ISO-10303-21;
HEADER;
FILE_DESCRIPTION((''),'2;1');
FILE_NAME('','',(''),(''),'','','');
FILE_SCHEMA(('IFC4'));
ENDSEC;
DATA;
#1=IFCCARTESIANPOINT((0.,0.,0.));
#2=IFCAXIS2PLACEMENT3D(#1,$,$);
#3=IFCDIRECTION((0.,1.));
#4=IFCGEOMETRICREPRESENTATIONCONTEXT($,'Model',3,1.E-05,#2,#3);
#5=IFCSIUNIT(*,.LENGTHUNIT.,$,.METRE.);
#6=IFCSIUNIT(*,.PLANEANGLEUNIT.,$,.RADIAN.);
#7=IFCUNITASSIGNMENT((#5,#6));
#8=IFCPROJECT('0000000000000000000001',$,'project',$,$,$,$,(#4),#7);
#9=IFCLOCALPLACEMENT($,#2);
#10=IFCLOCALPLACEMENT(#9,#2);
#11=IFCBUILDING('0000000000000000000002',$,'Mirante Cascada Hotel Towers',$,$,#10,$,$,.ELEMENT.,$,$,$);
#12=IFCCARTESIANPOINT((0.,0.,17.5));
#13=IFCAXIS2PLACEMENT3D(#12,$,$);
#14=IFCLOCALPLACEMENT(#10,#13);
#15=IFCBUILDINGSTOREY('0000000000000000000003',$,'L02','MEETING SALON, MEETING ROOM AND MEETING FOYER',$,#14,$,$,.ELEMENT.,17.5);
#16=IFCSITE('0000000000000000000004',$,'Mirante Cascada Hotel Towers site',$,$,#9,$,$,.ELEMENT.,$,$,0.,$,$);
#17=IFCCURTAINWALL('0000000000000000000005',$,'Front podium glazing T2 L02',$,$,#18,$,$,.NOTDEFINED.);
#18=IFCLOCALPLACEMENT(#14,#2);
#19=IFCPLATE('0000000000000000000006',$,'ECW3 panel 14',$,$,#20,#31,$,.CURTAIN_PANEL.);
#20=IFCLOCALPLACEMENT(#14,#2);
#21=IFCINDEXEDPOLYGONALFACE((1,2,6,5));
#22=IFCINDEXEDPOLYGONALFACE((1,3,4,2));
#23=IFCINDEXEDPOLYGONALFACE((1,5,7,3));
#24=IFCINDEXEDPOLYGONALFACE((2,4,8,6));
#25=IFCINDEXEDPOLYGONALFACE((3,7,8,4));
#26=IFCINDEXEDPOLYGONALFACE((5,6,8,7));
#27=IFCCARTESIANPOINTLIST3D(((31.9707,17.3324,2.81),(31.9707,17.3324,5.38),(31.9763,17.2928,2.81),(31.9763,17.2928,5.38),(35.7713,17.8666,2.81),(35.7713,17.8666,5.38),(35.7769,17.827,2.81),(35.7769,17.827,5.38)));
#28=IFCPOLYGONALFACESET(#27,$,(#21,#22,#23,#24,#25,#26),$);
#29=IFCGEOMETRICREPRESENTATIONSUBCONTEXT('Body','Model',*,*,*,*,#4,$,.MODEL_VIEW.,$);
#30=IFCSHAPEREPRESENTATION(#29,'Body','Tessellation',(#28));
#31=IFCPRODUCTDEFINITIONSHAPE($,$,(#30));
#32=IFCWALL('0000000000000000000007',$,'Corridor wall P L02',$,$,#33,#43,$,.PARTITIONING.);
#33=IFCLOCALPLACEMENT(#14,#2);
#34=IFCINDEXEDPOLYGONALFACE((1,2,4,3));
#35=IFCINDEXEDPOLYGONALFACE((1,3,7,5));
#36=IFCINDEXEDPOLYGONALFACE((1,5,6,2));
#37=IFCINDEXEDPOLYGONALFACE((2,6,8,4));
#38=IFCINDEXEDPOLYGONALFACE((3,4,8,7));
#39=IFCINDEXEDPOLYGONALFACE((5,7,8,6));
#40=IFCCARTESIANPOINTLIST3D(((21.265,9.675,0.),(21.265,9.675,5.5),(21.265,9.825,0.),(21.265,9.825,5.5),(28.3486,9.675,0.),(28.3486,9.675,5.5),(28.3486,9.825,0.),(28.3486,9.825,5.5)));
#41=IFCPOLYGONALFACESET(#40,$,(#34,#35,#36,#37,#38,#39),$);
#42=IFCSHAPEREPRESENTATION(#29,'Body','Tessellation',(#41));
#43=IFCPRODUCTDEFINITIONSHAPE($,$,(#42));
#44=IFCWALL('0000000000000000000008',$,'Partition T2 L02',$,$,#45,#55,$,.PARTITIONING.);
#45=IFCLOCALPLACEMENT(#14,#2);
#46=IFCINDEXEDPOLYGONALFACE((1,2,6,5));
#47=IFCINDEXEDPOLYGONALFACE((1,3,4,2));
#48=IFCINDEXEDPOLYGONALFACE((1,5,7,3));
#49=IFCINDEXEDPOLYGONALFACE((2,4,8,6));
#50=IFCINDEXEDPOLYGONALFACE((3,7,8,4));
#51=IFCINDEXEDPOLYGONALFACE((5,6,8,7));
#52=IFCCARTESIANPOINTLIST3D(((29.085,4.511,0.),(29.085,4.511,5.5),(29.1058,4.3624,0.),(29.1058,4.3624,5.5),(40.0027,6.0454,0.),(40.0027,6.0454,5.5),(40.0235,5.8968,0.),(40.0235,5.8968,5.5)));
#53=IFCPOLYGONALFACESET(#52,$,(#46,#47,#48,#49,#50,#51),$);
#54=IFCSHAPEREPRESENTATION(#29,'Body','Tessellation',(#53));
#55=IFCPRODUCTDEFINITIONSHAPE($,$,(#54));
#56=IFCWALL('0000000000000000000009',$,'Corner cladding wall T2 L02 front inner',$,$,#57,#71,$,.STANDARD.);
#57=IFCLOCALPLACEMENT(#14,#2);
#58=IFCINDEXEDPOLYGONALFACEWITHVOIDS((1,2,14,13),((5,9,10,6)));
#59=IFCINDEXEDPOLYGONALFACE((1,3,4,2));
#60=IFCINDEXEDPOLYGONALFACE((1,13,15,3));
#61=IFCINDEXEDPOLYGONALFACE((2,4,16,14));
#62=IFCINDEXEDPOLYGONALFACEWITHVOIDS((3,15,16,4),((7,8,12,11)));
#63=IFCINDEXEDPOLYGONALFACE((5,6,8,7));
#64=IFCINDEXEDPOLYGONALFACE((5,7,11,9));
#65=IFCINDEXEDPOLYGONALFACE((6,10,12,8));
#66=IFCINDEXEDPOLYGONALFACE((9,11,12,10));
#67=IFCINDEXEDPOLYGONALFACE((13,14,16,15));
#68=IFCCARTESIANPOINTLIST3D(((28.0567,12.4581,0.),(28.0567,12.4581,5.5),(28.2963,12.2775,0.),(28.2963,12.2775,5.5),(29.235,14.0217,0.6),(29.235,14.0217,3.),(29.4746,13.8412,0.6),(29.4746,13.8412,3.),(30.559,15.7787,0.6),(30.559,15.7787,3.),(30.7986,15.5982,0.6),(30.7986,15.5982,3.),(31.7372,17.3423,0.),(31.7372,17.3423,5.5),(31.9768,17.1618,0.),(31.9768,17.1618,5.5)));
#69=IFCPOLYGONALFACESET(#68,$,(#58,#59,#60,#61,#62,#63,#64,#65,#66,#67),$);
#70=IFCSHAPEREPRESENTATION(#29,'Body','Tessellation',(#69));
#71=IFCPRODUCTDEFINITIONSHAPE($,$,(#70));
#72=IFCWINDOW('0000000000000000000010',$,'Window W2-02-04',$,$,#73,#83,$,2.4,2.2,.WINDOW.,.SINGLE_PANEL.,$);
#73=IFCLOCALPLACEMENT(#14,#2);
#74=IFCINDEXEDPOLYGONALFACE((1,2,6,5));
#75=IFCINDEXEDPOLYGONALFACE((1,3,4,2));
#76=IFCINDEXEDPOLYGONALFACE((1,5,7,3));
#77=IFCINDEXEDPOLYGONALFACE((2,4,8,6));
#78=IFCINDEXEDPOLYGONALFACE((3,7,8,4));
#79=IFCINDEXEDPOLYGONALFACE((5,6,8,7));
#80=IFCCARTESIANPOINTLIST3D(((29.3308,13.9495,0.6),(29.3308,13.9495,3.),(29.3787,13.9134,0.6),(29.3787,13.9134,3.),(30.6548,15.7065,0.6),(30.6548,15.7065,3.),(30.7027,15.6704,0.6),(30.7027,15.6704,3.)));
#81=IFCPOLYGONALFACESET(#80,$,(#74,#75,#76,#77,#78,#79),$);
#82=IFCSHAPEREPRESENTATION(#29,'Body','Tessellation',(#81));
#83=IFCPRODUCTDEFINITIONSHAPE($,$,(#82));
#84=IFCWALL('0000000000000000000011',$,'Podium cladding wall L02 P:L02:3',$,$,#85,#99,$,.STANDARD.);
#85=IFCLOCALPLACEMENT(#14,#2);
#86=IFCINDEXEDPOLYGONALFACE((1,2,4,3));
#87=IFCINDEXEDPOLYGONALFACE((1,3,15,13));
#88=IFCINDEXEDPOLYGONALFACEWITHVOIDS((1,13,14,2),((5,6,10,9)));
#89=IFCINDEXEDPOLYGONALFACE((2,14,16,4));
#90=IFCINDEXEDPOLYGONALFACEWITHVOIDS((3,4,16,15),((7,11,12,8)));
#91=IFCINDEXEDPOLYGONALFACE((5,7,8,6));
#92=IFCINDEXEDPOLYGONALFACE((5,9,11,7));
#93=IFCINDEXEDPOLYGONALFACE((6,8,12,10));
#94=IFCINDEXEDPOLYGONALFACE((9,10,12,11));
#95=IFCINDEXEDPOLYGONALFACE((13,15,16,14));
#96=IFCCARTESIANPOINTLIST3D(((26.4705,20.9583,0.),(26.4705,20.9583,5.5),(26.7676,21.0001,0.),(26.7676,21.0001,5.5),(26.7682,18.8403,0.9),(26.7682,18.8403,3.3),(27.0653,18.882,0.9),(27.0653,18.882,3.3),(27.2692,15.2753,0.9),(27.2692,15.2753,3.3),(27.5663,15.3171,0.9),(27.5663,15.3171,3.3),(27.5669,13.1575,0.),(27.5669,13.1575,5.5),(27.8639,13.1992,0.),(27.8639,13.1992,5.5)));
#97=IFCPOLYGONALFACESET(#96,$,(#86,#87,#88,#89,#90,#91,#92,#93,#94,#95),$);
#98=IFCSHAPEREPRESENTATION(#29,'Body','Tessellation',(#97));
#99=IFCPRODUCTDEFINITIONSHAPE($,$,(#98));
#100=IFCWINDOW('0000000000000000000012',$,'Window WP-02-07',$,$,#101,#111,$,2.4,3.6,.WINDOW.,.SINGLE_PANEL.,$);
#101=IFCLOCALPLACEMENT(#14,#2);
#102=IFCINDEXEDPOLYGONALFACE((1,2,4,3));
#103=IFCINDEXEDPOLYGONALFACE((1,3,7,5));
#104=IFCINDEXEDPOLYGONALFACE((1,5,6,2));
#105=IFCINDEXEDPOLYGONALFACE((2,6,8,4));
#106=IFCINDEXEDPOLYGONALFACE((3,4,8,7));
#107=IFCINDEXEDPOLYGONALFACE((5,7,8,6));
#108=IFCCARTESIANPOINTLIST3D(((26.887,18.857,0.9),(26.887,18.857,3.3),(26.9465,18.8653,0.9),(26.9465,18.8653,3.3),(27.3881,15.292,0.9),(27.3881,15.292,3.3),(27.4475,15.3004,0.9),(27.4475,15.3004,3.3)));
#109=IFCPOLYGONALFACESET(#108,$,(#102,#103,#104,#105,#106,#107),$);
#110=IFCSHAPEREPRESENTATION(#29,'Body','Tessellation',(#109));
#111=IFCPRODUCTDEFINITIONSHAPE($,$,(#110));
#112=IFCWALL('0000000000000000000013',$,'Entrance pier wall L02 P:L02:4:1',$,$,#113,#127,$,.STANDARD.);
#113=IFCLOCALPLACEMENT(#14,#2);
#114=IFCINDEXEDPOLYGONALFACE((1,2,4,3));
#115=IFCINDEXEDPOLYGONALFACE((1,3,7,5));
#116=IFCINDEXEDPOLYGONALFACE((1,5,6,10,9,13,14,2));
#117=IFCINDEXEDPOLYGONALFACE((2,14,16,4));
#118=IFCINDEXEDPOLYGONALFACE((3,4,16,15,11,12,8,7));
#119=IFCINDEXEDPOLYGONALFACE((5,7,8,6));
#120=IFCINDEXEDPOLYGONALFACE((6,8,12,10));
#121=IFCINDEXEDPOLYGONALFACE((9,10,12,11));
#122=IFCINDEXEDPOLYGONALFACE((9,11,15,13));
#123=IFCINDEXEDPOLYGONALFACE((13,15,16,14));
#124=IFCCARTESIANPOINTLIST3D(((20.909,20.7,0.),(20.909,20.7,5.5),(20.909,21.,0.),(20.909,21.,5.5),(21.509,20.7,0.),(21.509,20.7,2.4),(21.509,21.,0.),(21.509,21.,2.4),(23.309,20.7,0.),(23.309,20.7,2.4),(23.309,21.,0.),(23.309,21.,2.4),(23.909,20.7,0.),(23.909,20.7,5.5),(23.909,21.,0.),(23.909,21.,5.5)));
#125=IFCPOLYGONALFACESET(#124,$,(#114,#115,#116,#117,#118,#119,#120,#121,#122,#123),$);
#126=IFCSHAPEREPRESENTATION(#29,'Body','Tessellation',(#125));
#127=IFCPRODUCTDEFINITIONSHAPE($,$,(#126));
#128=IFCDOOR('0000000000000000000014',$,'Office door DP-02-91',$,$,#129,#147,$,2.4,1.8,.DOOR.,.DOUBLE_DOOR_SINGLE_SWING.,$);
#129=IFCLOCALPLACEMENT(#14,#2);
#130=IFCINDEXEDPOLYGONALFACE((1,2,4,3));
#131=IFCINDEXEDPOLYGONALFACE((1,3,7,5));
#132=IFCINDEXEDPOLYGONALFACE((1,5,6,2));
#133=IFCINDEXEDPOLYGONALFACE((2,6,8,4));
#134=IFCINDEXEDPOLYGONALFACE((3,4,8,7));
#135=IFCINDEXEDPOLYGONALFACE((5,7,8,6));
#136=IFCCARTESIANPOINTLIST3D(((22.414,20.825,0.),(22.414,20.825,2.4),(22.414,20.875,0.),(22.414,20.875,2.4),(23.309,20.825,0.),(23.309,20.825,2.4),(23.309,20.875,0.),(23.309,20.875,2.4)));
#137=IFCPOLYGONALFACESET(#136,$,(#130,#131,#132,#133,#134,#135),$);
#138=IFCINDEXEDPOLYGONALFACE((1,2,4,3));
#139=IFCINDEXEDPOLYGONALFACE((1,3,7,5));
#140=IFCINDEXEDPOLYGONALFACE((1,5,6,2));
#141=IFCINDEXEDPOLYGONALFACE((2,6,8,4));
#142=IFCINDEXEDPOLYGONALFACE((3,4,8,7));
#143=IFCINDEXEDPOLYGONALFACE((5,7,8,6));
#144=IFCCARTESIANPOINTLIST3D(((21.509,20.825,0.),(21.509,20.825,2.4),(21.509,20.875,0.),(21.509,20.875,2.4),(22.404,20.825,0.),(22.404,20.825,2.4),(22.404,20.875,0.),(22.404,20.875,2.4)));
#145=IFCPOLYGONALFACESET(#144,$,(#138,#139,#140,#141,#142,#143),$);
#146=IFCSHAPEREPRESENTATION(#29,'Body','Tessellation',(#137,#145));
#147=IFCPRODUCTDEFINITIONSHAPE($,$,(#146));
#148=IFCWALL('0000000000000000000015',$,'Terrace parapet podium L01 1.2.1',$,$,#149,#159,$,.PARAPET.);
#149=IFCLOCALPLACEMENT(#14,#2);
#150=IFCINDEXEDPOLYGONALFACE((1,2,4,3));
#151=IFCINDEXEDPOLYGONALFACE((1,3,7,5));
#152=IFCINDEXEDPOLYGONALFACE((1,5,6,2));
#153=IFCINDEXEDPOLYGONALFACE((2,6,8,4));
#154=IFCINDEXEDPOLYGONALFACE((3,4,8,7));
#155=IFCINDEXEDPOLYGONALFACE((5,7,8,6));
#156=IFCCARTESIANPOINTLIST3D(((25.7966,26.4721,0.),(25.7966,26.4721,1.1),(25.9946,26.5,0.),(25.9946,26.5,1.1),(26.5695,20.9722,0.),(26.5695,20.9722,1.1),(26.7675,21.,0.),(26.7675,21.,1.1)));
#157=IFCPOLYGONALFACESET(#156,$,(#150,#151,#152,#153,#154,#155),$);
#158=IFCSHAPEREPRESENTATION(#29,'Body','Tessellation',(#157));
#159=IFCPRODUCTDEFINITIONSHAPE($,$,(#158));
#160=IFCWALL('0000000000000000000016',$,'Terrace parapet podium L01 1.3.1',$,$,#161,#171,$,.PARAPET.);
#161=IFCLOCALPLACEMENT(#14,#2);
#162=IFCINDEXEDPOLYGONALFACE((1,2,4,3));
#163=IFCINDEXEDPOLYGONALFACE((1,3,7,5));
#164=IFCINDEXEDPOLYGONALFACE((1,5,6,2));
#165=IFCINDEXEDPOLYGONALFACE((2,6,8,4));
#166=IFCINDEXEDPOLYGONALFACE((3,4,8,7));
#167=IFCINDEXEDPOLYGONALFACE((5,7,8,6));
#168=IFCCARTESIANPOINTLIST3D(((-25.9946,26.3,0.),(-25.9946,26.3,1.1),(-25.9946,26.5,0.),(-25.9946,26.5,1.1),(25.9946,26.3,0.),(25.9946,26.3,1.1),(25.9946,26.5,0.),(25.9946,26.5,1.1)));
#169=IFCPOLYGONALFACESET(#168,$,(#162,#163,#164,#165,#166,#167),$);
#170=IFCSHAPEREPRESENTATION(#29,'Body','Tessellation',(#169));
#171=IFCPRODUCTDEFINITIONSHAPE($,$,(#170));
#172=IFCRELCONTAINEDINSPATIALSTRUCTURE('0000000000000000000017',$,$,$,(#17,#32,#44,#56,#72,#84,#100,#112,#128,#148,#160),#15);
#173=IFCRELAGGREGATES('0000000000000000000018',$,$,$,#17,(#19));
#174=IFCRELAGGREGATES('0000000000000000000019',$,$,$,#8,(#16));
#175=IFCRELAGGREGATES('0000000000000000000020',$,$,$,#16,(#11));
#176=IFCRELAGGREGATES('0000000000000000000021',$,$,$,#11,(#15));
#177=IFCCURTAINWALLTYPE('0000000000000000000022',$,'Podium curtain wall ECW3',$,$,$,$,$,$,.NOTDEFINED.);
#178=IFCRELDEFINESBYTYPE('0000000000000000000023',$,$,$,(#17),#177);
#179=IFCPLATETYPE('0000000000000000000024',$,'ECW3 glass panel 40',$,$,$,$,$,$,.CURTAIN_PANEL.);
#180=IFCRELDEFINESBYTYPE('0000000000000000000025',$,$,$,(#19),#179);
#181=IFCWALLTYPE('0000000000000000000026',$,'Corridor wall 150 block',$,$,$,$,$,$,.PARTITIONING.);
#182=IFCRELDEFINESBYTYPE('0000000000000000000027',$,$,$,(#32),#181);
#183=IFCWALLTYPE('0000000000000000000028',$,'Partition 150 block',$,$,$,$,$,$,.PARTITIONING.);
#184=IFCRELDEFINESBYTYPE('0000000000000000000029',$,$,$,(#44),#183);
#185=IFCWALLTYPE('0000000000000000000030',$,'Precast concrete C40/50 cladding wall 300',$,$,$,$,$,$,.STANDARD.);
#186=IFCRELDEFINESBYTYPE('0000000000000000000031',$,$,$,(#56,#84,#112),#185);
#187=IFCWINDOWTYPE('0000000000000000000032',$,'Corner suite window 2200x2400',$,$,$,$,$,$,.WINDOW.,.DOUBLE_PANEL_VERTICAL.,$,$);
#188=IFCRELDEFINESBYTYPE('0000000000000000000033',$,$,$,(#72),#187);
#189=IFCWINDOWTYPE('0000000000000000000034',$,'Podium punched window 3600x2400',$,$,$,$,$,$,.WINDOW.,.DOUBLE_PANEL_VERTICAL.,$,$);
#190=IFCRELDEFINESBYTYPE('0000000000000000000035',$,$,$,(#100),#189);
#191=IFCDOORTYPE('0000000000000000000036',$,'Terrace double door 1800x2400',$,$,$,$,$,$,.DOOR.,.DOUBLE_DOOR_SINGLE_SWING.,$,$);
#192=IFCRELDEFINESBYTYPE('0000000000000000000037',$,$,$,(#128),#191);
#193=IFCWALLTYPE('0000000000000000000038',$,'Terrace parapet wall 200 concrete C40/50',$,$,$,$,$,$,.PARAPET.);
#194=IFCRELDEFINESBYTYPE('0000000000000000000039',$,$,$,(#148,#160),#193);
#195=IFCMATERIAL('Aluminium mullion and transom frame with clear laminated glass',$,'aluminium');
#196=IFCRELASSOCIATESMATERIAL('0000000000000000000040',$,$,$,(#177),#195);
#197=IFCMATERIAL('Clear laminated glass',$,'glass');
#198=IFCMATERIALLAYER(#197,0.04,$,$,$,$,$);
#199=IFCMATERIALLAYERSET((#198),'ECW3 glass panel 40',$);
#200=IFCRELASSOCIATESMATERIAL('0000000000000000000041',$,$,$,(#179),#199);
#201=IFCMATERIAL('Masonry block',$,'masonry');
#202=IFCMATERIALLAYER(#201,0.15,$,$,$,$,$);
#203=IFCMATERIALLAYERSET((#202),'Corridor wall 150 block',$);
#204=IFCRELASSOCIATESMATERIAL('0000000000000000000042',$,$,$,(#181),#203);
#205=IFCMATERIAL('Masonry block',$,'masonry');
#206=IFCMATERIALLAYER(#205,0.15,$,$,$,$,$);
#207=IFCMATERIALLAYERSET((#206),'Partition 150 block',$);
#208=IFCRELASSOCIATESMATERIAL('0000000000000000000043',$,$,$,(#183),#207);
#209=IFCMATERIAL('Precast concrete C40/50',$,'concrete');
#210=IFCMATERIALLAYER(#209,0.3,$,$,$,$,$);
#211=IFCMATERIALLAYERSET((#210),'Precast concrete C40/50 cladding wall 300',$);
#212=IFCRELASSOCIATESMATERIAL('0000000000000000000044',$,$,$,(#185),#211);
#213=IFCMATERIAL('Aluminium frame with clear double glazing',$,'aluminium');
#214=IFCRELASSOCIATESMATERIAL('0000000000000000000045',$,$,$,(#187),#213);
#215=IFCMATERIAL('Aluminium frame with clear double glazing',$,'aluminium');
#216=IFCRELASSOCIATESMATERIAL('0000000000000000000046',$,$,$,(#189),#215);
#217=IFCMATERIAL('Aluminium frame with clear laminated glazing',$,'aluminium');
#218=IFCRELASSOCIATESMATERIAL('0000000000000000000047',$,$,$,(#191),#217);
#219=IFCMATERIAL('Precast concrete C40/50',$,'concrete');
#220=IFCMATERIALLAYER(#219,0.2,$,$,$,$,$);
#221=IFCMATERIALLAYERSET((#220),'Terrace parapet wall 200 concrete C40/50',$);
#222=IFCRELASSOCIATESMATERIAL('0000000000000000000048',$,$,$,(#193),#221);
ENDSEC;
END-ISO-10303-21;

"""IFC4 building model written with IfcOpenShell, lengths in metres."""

from ifc_helpers import new_model, si_unit, direction, frame, frame_2d, origin, origin_2d, place, context, subcontext, project, spatial, rectangle, extrude, material, layer, layer_set, type_object, element, fill, aggregate, save


model = new_model("IFC4")

# Units and contexts
model_context = context("Model", 3, precision=1e-05, world=origin(), true_north=direction((0.0, 1.0)))
body_context = subcontext(model_context, "Body", "Model", "MODEL_VIEW")
ifc_project = project(units=[si_unit("LENGTHUNIT", "METRE"), si_unit("PLANEANGLEUNIT", "RADIAN")], contexts=[model_context])

# Site, building, storey
site_placement = place(None, origin())
site = spatial("IfcSite", under=ifc_project, at=site_placement, Name="Mirante Cascada Hotel Towers site", CompositionType="ELEMENT", RefElevation=0.0)
building_placement = place(site_placement, origin())
building = spatial("IfcBuilding", under=site, at=building_placement, Name="Mirante Cascada Hotel Towers", CompositionType="ELEMENT")
storey_placement = place(building_placement, frame((0.0, 0.0, 17.5)))
storey = spatial("IfcBuildingStorey", under=building, at=storey_placement, Name="L02", Description="MEETING SALON, MEETING ROOM AND MEETING FOYER", CompositionType="ELEMENT", Elevation=17.5)

# Curtain wall
ifc_material_1 = material(Name="Aluminium mullion and transom frame with clear laminated glass", Category="aluminium")
curtain_wall_type = type_object("IfcCurtainWallType", Name="Podium curtain wall ECW3", PredefinedType="NOTDEFINED", material=ifc_material_1)
curtain_wall_1_placement = place(storey_placement, origin())
curtain_wall_1 = element("IfcCurtainWall", 1, at=curtain_wall_1_placement, inside=storey, type_object=curtain_wall_type, Name="Front podium glazing T2 L02", PredefinedType="NOTDEFINED")

# Plate
ifc_material_2 = material(Name="Clear laminated glass", Category="glass")
ifc_layer_1 = layer(ifc_material_2, 0.04)
ifc_layer_set_1 = layer_set([ifc_layer_1], Name="ECW3 glass panel 40")
plate_type = type_object("IfcPlateType", Name="ECW3 glass panel 40", PredefinedType="CURTAIN_PANEL", material=ifc_layer_set_1)
plate_1_placement = place(storey_placement, frame((33.8738, 17.5797, 2.81), z_axis=(0.0, 0.0, 1.0), x_axis=(-0.990268, -0.139173, 0.0)))
plate_1 = element("IfcPlate", 2, at=plate_1_placement, type_object=plate_type, Name="ECW3 panel 14", PredefinedType="CURTAIN_PANEL", context=body_context, shape_type="SweptSolid", body=[
    extrude(rectangle(XDim=3.8379, YDim=0.04, at=origin_2d()), origin(), (0.0, 0.0, 1.0), 2.57),
])
aggregate(curtain_wall_1, [plate_1])

# Walls
ifc_material_3 = material(Name="Masonry block", Category="masonry")
ifc_layer_2 = layer(ifc_material_3, 0.15)
ifc_layer_set_2 = layer_set([ifc_layer_2], Name="Corridor wall 150 block")
wall_type_1 = type_object("IfcWallType", Name="Corridor wall 150 block", PredefinedType="PARTITIONING", material=ifc_layer_set_2)
wall_1_placement = place(storey_placement, frame((21.265, 9.75, 0.0), z_axis=(0.0, 0.0, 1.0), x_axis=(1.0, 0.0, 0.0)))
element("IfcWall", 3, at=wall_1_placement, inside=storey, type_object=wall_type_1, Name="Corridor wall P L02", PredefinedType="PARTITIONING", context=body_context, shape_type="SweptSolid", body=[
    extrude(rectangle(XDim=7.0836, YDim=0.15, at=frame_2d((3.5418, 0.0))), origin(), (0.0, 0.0, 1.0), 5.5),
])
ifc_material_4 = material(Name="Masonry block", Category="masonry")
ifc_layer_3 = layer(ifc_material_4, 0.15)
ifc_layer_set_3 = layer_set([ifc_layer_3], Name="Partition 150 block")
wall_type_2 = type_object("IfcWallType", Name="Partition 150 block", PredefinedType="PARTITIONING", material=ifc_layer_set_3)
wall_2_placement = place(storey_placement, frame((29.0954, 4.4367, 0.0), z_axis=(0.0, 0.0, 1.0), x_axis=(0.990268, 0.139175, 0.0)))
element("IfcWall", 4, at=wall_2_placement, inside=storey, type_object=wall_type_2, Name="Partition T2 L02", PredefinedType="PARTITIONING", context=body_context, shape_type="SweptSolid", body=[
    extrude(rectangle(XDim=11.025, YDim=0.15, at=frame_2d((5.5125, 0.0))), origin(), (0.0, 0.0, 1.0), 5.5),
])

# Walls, openings, windows
ifc_material_5 = material(Name="Precast concrete C40/50", Category="concrete")
ifc_layer_4 = layer(ifc_material_5, 0.3)
ifc_layer_set_4 = layer_set([ifc_layer_4], Name="Precast concrete C40/50 cladding wall 300")
wall_type_3 = type_object("IfcWallType", Name="Precast concrete C40/50 cladding wall 300", PredefinedType="STANDARD", material=ifc_layer_set_4)
wall_3_placement = place(storey_placement, frame((31.857, 17.252, 0.0), z_axis=(0.0, 0.0, 1.0), x_axis=(-0.601814, -0.798636, 0.0)))
wall_3 = element("IfcWall", 5, at=wall_3_placement, inside=storey, type_object=wall_type_3, Name="Corner cladding wall T2 L02 front inner", PredefinedType="STANDARD", context=body_context, shape_type="SweptSolid", body=[
    extrude(rectangle(XDim=6.1157, YDim=0.3, at=frame_2d((3.0578, 0.0))), origin(), (0.0, 0.0, 1.0), 5.5),
])
opening_1_placement = place(wall_3_placement, frame((1.9578, 0.0, 0.6)))
opening_1 = element("IfcOpeningElement", 6, at=opening_1_placement, cuts=wall_3, PredefinedType="OPENING", context=body_context, shape_type="SweptSolid", body=[
    extrude(rectangle(XDim=2.2, YDim=2.4, at=frame_2d((1.1, 1.2))), frame((0.0, 0.15, 0.0), z_axis=(0.0, -1.0, 0.0), x_axis=(1.0, 0.0, 0.0)), (0.0, 0.0, 1.0), 0.3),
])
ifc_material_6 = material(Name="Aluminium frame with clear double glazing", Category="aluminium")
window_type_1 = type_object("IfcWindowType", Name="Corner suite window 2200x2400", PartitioningType="DOUBLE_PANEL_VERTICAL", PredefinedType="WINDOW", material=ifc_material_6)
window_1_placement = place(opening_1_placement, origin())
window_1 = element("IfcWindow", 7, at=window_1_placement, inside=storey, type_object=window_type_1, Name="Window W2-02-04", OverallHeight=2.4, OverallWidth=2.2, PartitioningType="SINGLE_PANEL", PredefinedType="WINDOW", context=body_context, shape_type="SweptSolid", body=[
    extrude(rectangle(XDim=2.2, YDim=2.4, at=frame_2d((1.1, 1.2))), frame((0.0, 0.03, 0.0), z_axis=(0.0, -1.0, 0.0), x_axis=(1.0, 0.0, 0.0)), (0.0, 0.0, 1.0), 0.06),
])
fill(opening_1, window_1)
wall_4_placement = place(storey_placement, frame((27.7154, 13.1783, 0.0), z_axis=(0.0, 0.0, 1.0), x_axis=(-0.139169, 0.990269, 0.0)))
wall_4 = element("IfcWall", 8, at=wall_4_placement, inside=storey, type_object=wall_type_3, Name="Podium cladding wall L02 P:L02:3", PredefinedType="STANDARD", context=body_context, shape_type="SweptSolid", body=[
    extrude(rectangle(XDim=7.8775, YDim=0.3, at=frame_2d((3.9388, 0.0))), origin(), (0.0, 0.0, 1.0), 5.5),
])
opening_2_placement = place(wall_4_placement, frame((2.1387, 0.0, 0.9)))
opening_2 = element("IfcOpeningElement", 9, at=opening_2_placement, cuts=wall_4, PredefinedType="OPENING", context=body_context, shape_type="SweptSolid", body=[
    extrude(rectangle(XDim=3.6, YDim=2.4, at=frame_2d((1.8, 1.2))), frame((0.0, 0.15, 0.0), z_axis=(0.0, -1.0, 0.0), x_axis=(1.0, 0.0, 0.0)), (0.0, 0.0, 1.0), 0.3),
])
ifc_material_7 = material(Name="Aluminium frame with clear double glazing", Category="aluminium")
window_type_2 = type_object("IfcWindowType", Name="Podium punched window 3600x2400", PartitioningType="DOUBLE_PANEL_VERTICAL", PredefinedType="WINDOW", material=ifc_material_7)
window_2_placement = place(opening_2_placement, origin())
window_2 = element("IfcWindow", 10, at=window_2_placement, inside=storey, type_object=window_type_2, Name="Window WP-02-07", OverallHeight=2.4, OverallWidth=3.6, PartitioningType="SINGLE_PANEL", PredefinedType="WINDOW", context=body_context, shape_type="SweptSolid", body=[
    extrude(rectangle(XDim=3.6, YDim=2.4, at=frame_2d((1.8, 1.2))), frame((0.0, 0.03, 0.0), z_axis=(0.0, -1.0, 0.0), x_axis=(1.0, 0.0, 0.0)), (0.0, 0.0, 1.0), 0.06),
])
fill(opening_2, window_2)

# Wall, opening, door
wall_5_placement = place(storey_placement, frame((23.909, 20.85, 0.0), z_axis=(0.0, 0.0, 1.0), x_axis=(-1.0, 0.0, 0.0)))
wall_5 = element("IfcWall", 11, at=wall_5_placement, inside=storey, type_object=wall_type_3, Name="Entrance pier wall L02 P:L02:4:1", PredefinedType="STANDARD", context=body_context, shape_type="SweptSolid", body=[
    extrude(rectangle(XDim=3.0, YDim=0.3, at=frame_2d((1.5, 0.0))), origin(), (0.0, 0.0, 1.0), 5.5),
])
opening_3_placement = place(wall_5_placement, frame((0.6, 0.0, 0.0)))
opening_3 = element("IfcOpeningElement", 12, at=opening_3_placement, cuts=wall_5, PredefinedType="OPENING", context=body_context, shape_type="SweptSolid", body=[
    extrude(rectangle(XDim=1.8, YDim=2.4, at=frame_2d((0.9, 1.2))), frame((0.0, 0.15, 0.0), z_axis=(0.0, -1.0, 0.0), x_axis=(1.0, 0.0, 0.0)), (0.0, 0.0, 1.0), 0.3),
])
ifc_material_8 = material(Name="Aluminium frame with clear laminated glazing", Category="aluminium")
door_type = type_object("IfcDoorType", Name="Terrace double door 1800x2400", OperationType="DOUBLE_DOOR_SINGLE_SWING", PredefinedType="DOOR", material=ifc_material_8)
door_placement = place(opening_3_placement, origin())
door = element("IfcDoor", 13, at=door_placement, inside=storey, type_object=door_type, Name="Office door DP-02-91", OperationType="DOUBLE_DOOR_SINGLE_SWING", OverallHeight=2.4, OverallWidth=1.8, PredefinedType="DOOR", context=body_context, shape_type="SweptSolid", body=[
    extrude(rectangle(XDim=0.895, YDim=2.4, at=frame_2d((0.4475, 1.2))), frame((0.0, 0.025, 0.0), z_axis=(0.0, -1.0, 0.0), x_axis=(1.0, 0.0, 0.0)), (0.0, 0.0, 1.0), 0.05),
    extrude(rectangle(XDim=0.895, YDim=2.4, at=frame_2d((1.3525, 1.2))), frame((0.0, 0.025, 0.0), z_axis=(0.0, -1.0, 0.0), x_axis=(1.0, 0.0, 0.0)), (0.0, 0.0, 1.0), 0.05),
])
fill(opening_3, door)

# Walls
ifc_material_9 = material(Name="Precast concrete C40/50", Category="concrete")
ifc_layer_5 = layer(ifc_material_9, 0.2)
ifc_layer_set_5 = layer_set([ifc_layer_5], Name="Terrace parapet wall 200 concrete C40/50")
wall_type_4 = type_object("IfcWallType", Name="Terrace parapet wall 200 concrete C40/50", PredefinedType="PARAPET", material=ifc_layer_set_5)
wall_6_placement = place(storey_placement, frame((26.6685, 20.9861, 0.0), z_axis=(0.0, 0.0, 1.0), x_axis=(-0.13916, 0.99027, 0.0)))
element("IfcWall", 14, at=wall_6_placement, inside=storey, type_object=wall_type_4, Name="Terrace parapet podium L01 1.2.1", PredefinedType="PARAPET", context=body_context, shape_type="SweptSolid", body=[
    extrude(rectangle(XDim=5.554, YDim=0.2, at=frame_2d((2.777, 0.0))), origin(), (0.0, 0.0, 1.0), 1.1),
])
wall_7_placement = place(storey_placement, frame((25.9946, 26.4, 0.0), z_axis=(0.0, 0.0, 1.0), x_axis=(-1.0, 0.0, 0.0)))
element("IfcWall", 15, at=wall_7_placement, inside=storey, type_object=wall_type_4, Name="Terrace parapet podium L01 1.3.1", PredefinedType="PARAPET", context=body_context, shape_type="SweptSolid", body=[
    extrude(rectangle(XDim=51.9892, YDim=0.2, at=frame_2d((25.9946, 0.0))), origin(), (0.0, 0.0, 1.0), 1.1),
])

save(model, "model.ifc")
